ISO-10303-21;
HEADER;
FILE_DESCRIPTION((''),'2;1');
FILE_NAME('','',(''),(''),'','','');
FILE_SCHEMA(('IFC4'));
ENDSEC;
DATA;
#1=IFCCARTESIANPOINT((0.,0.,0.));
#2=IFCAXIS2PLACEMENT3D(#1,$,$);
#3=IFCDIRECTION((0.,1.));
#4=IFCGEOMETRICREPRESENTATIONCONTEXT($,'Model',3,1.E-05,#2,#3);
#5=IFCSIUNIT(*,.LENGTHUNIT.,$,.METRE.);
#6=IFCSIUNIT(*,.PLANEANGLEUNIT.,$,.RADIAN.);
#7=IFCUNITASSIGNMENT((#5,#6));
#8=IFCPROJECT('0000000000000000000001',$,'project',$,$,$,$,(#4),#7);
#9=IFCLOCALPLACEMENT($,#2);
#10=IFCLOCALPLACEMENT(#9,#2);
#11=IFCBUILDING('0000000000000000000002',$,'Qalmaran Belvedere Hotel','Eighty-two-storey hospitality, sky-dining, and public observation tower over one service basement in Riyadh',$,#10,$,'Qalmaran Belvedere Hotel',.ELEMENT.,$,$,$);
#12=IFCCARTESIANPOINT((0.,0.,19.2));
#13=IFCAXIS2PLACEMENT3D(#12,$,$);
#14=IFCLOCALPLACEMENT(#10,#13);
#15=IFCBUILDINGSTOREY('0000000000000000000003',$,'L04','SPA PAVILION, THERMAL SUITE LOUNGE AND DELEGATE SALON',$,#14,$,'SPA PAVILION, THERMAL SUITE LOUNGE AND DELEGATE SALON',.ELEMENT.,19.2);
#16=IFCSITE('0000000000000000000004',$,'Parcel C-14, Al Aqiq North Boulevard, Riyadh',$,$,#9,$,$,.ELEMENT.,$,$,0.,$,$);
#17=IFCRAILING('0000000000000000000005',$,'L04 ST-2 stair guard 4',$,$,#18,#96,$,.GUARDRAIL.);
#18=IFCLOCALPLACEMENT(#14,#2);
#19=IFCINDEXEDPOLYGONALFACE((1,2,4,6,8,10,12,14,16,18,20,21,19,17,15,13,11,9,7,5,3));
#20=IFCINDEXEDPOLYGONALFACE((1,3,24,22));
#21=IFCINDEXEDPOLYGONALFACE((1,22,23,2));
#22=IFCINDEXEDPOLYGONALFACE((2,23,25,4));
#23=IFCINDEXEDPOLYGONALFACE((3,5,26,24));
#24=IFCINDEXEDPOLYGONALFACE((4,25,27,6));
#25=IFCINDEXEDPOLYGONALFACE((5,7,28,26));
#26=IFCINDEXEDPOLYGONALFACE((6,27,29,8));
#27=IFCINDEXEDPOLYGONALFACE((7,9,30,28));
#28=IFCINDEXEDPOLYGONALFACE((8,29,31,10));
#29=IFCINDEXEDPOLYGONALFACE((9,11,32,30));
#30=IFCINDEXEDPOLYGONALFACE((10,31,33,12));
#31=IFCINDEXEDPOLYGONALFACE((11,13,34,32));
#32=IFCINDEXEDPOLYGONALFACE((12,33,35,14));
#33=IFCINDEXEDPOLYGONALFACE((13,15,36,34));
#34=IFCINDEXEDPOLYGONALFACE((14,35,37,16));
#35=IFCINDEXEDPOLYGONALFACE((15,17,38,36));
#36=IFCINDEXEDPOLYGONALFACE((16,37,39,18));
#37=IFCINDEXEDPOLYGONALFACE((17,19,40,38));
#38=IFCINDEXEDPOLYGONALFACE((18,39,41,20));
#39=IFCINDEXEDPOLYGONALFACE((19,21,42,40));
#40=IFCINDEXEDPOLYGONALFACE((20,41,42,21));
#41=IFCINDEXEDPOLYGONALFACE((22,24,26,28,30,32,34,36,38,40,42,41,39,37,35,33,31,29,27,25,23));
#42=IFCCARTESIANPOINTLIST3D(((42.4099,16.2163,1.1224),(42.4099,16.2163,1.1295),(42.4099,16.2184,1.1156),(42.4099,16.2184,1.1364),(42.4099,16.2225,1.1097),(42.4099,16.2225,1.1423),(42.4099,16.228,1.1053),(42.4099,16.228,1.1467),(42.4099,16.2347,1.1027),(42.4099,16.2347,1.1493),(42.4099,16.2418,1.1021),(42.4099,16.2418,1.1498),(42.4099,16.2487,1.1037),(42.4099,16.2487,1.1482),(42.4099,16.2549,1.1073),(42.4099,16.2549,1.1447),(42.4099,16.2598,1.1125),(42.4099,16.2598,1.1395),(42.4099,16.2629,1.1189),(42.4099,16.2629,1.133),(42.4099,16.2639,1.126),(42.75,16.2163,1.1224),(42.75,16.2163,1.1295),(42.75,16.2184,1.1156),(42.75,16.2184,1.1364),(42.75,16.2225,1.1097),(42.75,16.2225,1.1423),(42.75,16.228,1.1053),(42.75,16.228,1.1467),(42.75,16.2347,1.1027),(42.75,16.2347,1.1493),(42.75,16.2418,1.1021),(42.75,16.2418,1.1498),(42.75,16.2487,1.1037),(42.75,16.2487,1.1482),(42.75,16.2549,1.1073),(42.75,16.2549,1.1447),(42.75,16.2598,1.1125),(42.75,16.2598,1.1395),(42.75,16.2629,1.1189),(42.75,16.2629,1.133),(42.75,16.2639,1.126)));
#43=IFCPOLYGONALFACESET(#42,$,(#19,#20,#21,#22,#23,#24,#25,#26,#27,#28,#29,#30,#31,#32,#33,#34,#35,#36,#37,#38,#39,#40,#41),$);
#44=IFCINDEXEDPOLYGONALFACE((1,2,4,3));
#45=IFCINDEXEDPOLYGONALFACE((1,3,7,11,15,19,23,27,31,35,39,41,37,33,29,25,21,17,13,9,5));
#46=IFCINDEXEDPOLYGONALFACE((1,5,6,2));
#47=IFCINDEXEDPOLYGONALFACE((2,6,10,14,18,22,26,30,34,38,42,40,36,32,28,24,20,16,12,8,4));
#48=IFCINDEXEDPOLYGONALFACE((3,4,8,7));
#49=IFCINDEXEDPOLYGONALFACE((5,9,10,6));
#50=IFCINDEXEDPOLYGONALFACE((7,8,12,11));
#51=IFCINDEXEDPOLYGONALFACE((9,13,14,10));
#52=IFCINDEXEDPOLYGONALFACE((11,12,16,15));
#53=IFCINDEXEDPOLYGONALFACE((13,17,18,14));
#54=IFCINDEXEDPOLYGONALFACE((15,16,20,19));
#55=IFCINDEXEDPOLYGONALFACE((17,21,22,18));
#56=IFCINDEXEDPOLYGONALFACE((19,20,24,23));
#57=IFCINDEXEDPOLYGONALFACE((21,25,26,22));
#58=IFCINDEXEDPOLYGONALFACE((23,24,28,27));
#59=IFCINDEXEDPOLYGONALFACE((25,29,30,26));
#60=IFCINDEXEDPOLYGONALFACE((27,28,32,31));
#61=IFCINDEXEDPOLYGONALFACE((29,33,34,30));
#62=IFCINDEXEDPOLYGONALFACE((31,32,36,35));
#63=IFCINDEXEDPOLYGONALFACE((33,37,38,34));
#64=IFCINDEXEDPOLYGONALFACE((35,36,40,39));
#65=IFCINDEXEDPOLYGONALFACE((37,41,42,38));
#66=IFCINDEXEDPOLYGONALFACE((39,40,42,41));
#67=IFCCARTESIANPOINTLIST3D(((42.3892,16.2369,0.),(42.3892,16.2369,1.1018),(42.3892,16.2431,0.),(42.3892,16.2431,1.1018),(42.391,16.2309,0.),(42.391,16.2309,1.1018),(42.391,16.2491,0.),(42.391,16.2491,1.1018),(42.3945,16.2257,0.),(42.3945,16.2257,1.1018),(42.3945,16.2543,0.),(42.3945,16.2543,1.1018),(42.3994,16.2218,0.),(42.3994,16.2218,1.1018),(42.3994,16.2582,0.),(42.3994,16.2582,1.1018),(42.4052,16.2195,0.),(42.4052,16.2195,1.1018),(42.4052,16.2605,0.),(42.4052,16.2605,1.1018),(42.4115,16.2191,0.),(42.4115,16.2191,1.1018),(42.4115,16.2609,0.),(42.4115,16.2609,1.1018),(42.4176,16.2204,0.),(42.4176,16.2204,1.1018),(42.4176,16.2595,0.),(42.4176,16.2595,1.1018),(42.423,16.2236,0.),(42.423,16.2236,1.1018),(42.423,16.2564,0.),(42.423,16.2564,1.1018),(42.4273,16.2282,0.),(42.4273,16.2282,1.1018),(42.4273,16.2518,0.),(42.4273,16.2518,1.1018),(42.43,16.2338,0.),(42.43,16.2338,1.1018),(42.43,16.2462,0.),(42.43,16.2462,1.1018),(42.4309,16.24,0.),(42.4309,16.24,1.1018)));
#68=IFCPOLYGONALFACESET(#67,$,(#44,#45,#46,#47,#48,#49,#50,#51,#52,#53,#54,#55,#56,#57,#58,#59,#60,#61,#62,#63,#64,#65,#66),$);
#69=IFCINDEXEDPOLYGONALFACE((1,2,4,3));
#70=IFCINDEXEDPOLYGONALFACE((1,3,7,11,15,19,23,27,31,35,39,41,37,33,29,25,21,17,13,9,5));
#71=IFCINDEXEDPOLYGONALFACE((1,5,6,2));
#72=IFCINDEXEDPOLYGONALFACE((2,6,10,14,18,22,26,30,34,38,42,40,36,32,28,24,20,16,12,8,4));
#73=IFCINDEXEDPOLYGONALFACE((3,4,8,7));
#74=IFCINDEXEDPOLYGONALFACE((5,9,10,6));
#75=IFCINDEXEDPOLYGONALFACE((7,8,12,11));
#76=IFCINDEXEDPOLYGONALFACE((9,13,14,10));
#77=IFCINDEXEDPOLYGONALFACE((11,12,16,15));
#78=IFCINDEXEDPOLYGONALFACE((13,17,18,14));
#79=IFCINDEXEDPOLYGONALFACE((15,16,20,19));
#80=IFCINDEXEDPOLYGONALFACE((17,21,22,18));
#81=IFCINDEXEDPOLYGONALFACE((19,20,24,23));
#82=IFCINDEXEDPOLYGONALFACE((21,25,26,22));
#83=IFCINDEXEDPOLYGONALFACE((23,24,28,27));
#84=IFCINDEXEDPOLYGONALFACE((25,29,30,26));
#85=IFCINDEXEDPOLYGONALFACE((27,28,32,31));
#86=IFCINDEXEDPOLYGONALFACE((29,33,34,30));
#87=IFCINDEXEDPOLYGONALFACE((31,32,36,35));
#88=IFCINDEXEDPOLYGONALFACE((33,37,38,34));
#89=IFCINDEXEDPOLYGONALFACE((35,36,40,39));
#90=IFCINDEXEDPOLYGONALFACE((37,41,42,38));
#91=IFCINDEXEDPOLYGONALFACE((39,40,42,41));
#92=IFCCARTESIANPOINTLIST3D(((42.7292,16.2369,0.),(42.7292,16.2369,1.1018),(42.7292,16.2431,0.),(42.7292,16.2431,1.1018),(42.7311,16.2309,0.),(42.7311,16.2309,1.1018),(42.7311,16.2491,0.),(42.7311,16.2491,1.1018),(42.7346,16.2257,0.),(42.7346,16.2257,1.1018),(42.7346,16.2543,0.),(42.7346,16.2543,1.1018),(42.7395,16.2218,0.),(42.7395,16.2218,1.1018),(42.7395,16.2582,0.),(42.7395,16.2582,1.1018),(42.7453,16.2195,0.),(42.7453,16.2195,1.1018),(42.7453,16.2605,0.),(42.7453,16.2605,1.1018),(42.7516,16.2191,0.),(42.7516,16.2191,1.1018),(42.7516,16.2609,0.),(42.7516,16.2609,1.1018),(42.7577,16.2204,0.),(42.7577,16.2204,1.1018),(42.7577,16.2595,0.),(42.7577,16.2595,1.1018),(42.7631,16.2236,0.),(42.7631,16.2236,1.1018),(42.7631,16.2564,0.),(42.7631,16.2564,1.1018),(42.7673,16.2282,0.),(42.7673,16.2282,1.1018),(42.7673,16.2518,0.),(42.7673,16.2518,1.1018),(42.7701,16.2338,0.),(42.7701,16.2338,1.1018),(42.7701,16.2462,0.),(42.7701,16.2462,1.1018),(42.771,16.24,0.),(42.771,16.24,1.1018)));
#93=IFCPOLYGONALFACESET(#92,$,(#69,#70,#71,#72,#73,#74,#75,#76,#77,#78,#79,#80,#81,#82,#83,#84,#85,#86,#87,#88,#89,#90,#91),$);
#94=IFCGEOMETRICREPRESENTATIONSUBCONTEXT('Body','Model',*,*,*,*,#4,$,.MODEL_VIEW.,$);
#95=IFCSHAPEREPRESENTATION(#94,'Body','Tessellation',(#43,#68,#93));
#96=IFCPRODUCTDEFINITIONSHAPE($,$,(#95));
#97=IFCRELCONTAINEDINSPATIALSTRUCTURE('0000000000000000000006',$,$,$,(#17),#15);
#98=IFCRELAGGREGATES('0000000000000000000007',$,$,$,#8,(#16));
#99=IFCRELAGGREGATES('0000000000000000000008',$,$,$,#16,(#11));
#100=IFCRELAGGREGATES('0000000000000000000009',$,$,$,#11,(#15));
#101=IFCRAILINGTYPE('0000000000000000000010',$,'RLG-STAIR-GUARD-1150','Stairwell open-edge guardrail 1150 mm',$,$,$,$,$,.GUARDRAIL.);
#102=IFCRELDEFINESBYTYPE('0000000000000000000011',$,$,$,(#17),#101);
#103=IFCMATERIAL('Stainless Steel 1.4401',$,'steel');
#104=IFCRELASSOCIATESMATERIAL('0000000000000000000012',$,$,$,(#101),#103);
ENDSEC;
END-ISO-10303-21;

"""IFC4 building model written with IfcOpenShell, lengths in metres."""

from ifc_helpers import new_model, si_unit, direction, frame, origin, origin_2d, place, context, subcontext, project, spatial, circle, extrude, material, type_object, element, save


model = new_model("IFC4")

# Units and contexts
model_context = context("Model", 3, precision=1e-05, world=origin(), true_north=direction((0.0, 1.0)))
body_context = subcontext(model_context, "Body", "Model", "MODEL_VIEW")
ifc_project = project(units=[si_unit("LENGTHUNIT", "METRE"), si_unit("PLANEANGLEUNIT", "RADIAN")], contexts=[model_context])

# Site, building, storey
site_placement = place(None, origin())
site = spatial("IfcSite", under=ifc_project, at=site_placement, Name="Parcel C-14, Al Aqiq North Boulevard, Riyadh", CompositionType="ELEMENT", RefElevation=0.0)
building_placement = place(site_placement, origin())
building = spatial("IfcBuilding", under=site, at=building_placement, Name="Qalmaran Belvedere Hotel", Description="Eighty-two-storey hospitality, sky-dining, and public observation tower over one service basement in Riyadh", LongName="Qalmaran Belvedere Hotel", CompositionType="ELEMENT")
storey_placement = place(building_placement, frame((0.0, 0.0, 19.2)))
storey = spatial("IfcBuildingStorey", under=building, at=storey_placement, Name="L04", Description="SPA PAVILION, THERMAL SUITE LOUNGE AND DELEGATE SALON", LongName="SPA PAVILION, THERMAL SUITE LOUNGE AND DELEGATE SALON", CompositionType="ELEMENT", Elevation=19.2)

# Shared definitions
ifc_material_1 = material(Name="Stainless Steel 1.4401", Category="steel")

# Railing
railing_type_1 = type_object("IfcRailingType", Name="RLG-STAIR-GUARD-1150", Description="Stairwell open-edge guardrail 1150 mm", PredefinedType="GUARDRAIL", material=ifc_material_1)
railing_1_placement = place(storey_placement, frame((42.4099, 16.24, 0.0)))
element("IfcRailing", 1, at=railing_1_placement, inside=storey, type_object=railing_type_1, Name="L04 ST-2 stair guard 4", PredefinedType="GUARDRAIL", context=body_context, shape_type="SweptSolid", body=[
    extrude(circle(Radius=0.0239, at=origin_2d()), frame((0.0, 0.0, 1.126), z_axis=(1.0, 0.0, 0.0), x_axis=(0.0, 1.0, 0.0)), (0.0, 0.0, 1.0), 0.3401),
    extrude(circle(Radius=0.021, at=origin_2d()), origin(), (0.0, 0.0, 1.0), 1.1018),
    extrude(circle(Radius=0.021, at=origin_2d()), frame((0.3401, 0.0, 0.0)), (0.0, 0.0, 1.0), 1.1018),
])

save(model, "model.ifc")
